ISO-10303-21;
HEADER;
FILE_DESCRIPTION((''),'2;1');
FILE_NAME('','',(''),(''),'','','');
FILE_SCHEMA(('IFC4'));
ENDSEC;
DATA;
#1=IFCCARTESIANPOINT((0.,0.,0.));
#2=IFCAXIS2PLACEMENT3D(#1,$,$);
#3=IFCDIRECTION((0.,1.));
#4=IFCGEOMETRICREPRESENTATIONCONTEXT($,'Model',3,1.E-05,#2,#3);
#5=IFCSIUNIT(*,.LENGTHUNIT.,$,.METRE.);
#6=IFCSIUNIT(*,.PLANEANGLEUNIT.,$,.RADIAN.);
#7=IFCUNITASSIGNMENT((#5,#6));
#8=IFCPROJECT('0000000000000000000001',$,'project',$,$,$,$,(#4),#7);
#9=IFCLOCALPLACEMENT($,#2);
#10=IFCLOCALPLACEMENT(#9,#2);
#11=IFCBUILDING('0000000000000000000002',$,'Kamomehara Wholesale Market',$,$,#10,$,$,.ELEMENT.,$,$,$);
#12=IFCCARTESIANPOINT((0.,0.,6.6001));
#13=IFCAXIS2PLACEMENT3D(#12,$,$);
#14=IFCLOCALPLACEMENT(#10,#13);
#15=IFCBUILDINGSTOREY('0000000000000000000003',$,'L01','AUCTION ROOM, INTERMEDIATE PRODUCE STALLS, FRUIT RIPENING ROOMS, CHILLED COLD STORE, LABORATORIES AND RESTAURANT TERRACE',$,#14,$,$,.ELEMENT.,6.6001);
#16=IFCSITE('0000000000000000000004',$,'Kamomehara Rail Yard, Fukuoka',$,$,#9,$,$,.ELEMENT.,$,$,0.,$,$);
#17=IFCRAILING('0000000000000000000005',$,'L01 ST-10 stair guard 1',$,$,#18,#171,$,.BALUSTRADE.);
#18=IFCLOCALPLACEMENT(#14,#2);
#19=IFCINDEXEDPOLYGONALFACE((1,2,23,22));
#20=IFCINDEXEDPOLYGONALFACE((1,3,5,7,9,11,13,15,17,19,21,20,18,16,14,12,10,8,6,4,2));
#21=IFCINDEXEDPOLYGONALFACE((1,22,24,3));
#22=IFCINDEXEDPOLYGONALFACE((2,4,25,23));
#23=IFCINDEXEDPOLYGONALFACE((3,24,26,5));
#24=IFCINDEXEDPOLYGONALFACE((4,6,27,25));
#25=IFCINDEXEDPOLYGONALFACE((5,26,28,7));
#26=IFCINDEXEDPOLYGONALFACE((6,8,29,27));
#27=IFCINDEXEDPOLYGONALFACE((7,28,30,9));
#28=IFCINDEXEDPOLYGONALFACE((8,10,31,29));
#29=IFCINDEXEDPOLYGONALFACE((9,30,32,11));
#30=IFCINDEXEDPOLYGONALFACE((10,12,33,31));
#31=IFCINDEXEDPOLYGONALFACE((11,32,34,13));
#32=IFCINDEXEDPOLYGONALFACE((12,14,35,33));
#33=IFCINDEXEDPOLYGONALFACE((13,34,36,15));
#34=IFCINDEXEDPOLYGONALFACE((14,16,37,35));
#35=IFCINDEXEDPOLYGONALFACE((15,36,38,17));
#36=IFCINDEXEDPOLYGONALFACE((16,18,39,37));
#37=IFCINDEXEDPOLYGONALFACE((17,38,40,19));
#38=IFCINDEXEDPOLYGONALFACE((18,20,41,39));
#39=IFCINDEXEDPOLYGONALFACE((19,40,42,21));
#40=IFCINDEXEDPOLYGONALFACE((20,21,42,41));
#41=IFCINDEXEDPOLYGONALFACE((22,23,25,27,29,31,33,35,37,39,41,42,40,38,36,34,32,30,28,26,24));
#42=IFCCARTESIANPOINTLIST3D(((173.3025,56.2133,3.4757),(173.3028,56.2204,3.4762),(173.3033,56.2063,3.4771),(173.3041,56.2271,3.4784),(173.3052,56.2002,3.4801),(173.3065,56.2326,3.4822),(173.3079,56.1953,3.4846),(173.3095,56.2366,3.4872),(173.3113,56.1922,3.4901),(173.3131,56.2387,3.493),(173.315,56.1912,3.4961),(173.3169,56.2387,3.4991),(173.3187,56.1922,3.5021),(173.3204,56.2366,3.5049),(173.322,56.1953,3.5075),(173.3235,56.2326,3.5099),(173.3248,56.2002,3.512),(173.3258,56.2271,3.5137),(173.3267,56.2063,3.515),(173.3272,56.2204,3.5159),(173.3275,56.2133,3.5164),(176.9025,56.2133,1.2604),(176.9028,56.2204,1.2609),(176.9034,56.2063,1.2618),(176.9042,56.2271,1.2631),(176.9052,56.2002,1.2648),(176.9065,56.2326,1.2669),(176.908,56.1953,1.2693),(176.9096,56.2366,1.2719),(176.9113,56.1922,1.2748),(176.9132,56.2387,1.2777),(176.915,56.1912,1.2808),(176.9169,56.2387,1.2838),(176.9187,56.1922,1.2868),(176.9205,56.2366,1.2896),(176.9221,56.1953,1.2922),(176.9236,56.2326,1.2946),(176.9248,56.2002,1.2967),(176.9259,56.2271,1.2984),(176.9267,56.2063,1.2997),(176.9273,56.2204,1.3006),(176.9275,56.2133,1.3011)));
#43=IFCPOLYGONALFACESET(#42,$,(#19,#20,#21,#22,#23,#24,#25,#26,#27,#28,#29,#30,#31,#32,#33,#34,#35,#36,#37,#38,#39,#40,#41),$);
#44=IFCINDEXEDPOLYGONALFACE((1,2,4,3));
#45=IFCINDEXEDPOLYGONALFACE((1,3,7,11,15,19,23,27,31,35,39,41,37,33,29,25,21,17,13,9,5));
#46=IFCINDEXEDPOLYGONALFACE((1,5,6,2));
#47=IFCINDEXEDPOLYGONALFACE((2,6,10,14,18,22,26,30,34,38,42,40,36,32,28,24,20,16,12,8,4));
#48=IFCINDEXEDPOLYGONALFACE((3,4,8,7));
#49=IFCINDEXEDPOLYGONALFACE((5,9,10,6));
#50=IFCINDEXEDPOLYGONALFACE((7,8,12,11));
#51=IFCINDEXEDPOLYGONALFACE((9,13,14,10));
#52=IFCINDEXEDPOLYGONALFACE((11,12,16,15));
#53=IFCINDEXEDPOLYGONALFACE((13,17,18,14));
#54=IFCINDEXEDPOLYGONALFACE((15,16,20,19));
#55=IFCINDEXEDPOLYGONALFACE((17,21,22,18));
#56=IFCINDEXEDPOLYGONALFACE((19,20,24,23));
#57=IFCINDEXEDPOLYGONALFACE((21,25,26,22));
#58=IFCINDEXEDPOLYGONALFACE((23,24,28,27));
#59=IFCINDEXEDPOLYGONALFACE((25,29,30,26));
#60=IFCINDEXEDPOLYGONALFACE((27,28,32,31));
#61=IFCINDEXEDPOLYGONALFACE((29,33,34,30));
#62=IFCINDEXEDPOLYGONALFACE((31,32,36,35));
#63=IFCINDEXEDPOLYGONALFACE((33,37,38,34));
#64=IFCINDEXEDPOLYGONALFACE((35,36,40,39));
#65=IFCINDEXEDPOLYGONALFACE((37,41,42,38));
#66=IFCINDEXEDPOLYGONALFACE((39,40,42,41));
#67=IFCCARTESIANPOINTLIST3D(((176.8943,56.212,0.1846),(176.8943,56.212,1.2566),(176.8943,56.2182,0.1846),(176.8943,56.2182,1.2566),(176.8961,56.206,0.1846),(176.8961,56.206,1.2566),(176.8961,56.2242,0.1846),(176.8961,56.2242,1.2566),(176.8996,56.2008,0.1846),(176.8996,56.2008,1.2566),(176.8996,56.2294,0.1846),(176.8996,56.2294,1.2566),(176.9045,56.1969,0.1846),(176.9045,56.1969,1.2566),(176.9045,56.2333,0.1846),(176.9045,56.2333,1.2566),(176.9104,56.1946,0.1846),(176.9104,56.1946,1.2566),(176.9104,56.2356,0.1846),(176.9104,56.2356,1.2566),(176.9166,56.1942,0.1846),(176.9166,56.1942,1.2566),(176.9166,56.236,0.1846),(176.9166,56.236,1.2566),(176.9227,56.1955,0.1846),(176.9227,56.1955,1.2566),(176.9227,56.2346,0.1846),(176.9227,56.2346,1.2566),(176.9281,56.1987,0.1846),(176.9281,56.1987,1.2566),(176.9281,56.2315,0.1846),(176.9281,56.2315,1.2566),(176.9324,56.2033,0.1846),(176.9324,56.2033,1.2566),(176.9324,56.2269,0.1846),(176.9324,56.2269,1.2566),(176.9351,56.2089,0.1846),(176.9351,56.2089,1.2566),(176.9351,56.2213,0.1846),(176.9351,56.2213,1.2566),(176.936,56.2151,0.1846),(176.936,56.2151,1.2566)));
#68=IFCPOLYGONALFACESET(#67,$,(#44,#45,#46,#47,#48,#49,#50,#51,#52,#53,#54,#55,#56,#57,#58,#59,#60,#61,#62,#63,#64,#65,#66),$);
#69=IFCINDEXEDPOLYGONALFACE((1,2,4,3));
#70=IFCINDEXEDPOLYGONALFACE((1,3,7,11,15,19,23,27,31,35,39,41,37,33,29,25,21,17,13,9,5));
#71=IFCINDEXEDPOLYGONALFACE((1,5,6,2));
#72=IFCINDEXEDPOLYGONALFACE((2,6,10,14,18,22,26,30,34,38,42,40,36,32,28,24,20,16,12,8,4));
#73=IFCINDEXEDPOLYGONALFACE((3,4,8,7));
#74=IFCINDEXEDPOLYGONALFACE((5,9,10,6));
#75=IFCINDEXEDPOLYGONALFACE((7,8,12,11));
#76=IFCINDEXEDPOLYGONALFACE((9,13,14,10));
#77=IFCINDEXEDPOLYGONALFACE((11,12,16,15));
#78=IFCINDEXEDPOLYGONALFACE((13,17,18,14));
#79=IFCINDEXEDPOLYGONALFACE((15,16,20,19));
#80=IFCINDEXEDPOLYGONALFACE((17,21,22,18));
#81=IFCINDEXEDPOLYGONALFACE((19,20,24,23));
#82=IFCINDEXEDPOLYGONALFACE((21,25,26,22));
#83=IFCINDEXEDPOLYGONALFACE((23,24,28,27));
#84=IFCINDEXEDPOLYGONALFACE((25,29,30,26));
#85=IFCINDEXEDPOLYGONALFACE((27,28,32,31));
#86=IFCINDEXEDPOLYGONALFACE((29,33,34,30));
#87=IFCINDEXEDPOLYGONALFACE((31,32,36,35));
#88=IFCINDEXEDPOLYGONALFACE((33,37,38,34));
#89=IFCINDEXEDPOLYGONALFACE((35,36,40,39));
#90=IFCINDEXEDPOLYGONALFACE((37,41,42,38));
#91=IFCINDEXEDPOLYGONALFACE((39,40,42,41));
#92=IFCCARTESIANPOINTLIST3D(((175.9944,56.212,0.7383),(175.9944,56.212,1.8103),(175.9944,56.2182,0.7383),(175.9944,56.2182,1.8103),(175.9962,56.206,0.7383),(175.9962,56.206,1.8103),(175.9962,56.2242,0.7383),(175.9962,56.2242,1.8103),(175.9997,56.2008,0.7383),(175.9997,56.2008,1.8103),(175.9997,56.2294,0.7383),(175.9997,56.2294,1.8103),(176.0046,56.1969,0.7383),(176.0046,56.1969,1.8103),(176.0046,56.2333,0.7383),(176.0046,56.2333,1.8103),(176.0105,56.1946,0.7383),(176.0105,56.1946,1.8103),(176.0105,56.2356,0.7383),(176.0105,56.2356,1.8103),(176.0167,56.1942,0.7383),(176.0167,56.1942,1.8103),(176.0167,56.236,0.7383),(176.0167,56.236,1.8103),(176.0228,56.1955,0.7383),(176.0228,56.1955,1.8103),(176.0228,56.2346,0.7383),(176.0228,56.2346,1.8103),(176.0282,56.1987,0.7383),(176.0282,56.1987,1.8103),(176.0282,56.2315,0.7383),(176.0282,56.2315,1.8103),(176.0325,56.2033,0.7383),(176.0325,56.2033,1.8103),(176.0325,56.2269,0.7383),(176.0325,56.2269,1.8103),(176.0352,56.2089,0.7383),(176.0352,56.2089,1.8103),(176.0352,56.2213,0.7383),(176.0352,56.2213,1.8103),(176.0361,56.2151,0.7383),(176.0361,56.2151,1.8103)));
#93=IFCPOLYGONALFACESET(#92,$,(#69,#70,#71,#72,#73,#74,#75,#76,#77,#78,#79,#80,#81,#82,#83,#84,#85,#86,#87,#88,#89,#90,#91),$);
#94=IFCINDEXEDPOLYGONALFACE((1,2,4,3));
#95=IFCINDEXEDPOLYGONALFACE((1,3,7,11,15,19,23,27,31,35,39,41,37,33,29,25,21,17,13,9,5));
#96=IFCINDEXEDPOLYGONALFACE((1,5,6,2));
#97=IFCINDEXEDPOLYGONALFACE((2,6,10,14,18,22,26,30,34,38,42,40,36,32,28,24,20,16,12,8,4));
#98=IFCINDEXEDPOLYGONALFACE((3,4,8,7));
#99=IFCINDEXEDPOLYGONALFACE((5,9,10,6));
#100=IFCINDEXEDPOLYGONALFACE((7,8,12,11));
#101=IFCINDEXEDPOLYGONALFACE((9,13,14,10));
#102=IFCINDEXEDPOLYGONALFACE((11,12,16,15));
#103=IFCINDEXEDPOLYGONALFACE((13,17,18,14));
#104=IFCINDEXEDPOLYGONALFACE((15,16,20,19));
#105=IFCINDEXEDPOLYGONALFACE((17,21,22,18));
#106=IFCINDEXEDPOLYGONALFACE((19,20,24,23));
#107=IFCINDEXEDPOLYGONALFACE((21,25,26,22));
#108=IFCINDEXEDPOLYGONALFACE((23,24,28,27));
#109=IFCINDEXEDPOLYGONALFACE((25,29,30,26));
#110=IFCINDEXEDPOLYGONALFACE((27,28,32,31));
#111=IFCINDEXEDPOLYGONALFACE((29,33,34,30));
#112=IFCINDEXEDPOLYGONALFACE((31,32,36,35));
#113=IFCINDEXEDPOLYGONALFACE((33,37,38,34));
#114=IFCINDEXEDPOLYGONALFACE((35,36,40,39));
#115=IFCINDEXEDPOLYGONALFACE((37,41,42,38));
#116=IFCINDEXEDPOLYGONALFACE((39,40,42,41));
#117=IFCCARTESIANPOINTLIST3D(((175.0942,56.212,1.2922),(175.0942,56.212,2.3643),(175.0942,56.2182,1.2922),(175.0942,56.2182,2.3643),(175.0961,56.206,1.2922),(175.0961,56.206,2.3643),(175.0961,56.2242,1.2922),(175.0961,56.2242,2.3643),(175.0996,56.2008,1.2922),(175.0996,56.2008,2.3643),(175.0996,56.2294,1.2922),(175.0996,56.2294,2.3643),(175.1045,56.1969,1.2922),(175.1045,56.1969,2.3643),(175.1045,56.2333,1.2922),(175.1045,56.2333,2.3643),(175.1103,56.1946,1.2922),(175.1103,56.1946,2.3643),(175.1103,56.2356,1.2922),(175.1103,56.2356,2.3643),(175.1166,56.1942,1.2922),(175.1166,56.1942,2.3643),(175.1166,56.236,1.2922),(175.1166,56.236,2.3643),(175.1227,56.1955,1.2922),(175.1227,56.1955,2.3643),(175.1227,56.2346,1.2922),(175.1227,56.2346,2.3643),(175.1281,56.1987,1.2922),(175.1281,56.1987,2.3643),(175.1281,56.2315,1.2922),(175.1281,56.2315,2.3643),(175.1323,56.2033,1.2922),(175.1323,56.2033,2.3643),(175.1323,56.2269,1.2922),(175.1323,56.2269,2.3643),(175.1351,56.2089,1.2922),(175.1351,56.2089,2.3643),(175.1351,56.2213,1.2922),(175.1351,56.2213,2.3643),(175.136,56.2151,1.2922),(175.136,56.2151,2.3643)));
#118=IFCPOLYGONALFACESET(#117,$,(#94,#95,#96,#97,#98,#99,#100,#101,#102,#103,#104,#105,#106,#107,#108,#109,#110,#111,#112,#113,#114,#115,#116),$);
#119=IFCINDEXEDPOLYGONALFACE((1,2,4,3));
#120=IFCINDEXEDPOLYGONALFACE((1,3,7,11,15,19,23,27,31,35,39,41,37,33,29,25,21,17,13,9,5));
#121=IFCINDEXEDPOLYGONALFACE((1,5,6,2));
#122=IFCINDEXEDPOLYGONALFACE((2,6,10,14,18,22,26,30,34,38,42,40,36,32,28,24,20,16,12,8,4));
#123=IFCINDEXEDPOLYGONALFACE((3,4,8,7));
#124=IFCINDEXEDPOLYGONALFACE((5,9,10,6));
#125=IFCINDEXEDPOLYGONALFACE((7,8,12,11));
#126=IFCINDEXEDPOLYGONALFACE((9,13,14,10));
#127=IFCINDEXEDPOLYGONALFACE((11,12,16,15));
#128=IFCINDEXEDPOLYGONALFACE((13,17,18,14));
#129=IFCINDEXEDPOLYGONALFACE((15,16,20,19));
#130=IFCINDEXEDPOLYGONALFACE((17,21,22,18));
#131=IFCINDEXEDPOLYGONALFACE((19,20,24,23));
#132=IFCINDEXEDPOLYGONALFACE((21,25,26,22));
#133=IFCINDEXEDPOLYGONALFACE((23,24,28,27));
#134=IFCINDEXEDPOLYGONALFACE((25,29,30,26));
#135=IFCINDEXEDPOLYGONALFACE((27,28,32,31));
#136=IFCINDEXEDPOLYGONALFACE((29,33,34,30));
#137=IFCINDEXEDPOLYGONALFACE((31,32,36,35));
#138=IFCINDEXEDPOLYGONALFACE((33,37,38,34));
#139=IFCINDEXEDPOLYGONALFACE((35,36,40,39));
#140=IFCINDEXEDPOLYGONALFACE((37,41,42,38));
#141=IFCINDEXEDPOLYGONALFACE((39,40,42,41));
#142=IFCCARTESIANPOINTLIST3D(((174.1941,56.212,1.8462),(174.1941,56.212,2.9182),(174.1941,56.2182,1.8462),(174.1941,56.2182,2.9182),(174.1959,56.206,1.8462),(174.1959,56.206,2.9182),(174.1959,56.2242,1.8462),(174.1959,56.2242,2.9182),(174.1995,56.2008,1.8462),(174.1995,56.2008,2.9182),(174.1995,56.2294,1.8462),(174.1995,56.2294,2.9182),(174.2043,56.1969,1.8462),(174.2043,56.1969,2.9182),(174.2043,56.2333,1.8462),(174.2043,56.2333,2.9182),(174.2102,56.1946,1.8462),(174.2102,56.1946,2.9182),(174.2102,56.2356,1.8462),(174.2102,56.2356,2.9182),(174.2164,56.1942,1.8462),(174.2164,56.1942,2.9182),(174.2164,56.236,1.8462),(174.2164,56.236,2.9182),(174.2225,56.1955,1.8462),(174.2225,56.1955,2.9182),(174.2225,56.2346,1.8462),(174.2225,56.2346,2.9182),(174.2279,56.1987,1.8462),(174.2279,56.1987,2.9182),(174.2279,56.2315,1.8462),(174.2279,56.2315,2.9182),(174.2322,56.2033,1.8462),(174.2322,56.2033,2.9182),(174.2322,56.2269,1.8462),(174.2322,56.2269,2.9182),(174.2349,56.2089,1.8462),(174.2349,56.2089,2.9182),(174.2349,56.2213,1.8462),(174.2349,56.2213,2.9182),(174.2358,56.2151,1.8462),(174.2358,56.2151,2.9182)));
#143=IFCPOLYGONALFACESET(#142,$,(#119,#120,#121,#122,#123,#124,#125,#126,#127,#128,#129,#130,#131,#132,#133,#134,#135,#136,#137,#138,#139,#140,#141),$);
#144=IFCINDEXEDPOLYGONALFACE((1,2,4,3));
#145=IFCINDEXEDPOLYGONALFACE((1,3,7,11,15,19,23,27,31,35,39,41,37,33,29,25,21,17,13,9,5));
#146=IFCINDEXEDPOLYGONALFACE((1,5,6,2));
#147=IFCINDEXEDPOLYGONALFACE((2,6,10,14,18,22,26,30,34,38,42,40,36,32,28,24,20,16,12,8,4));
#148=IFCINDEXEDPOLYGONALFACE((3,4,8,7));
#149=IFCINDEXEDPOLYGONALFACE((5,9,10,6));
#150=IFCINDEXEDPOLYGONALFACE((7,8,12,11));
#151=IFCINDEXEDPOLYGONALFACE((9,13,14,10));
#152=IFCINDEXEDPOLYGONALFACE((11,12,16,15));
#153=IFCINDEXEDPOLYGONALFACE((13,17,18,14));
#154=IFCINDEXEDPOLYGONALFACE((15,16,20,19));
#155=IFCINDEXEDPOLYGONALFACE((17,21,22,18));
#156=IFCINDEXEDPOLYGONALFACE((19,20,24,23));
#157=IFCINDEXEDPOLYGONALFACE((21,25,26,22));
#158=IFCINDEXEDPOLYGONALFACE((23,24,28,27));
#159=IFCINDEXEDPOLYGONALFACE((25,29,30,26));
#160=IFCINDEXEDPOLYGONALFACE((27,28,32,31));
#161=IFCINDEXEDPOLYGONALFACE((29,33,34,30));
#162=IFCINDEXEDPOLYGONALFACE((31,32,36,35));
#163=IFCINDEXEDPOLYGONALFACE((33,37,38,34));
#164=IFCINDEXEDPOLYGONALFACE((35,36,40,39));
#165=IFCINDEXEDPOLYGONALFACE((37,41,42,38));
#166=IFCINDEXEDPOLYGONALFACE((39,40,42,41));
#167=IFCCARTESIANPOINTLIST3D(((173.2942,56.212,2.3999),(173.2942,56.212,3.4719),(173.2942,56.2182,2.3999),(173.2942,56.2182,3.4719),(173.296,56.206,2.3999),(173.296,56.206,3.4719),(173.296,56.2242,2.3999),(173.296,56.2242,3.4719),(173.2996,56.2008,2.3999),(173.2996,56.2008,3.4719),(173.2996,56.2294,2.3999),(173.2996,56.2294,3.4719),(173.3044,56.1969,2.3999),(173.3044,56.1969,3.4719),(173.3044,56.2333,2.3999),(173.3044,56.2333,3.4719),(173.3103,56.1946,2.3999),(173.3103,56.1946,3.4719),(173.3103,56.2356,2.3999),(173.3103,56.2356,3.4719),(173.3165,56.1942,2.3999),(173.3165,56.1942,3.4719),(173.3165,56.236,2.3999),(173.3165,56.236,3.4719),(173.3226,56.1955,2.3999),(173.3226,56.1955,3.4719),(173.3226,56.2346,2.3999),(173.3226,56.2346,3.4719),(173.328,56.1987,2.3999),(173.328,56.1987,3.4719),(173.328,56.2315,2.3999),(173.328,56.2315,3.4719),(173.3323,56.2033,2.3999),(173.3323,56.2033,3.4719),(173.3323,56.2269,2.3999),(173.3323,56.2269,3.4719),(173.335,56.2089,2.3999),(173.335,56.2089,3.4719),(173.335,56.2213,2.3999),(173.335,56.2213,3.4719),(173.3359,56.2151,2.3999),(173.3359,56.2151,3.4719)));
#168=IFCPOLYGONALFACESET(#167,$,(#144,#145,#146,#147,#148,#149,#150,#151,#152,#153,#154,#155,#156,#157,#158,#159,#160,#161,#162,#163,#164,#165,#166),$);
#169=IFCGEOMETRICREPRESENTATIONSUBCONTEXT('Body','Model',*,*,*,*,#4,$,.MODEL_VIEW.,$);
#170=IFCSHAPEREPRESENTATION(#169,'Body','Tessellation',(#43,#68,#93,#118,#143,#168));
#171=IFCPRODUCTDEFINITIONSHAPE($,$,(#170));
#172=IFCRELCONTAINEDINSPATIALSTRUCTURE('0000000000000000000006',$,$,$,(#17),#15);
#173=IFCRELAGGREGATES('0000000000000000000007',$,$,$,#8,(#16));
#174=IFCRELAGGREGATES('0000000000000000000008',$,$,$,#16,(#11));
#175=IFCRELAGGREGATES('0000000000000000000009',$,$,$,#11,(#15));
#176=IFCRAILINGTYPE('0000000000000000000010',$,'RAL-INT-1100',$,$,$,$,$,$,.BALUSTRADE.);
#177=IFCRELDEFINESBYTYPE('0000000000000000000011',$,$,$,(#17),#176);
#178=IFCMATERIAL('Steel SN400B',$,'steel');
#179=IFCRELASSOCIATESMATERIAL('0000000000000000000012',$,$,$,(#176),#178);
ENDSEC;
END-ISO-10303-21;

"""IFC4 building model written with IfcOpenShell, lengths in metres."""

from ifc_helpers import new_model, si_unit, direction, frame, origin, origin_2d, place, context, subcontext, project, spatial, circle, extrude, material, type_object, element, save


model = new_model("IFC4")

# Units and contexts
model_context = context("Model", 3, precision=1e-05, world=origin(), true_north=direction((0.0, 1.0)))
body_context = subcontext(model_context, "Body", "Model", "MODEL_VIEW")
ifc_project = project(units=[si_unit("LENGTHUNIT", "METRE"), si_unit("PLANEANGLEUNIT", "RADIAN")], contexts=[model_context])

# Site, building, storey
site_placement = place(None, origin())
site = spatial("IfcSite", under=ifc_project, at=site_placement, Name="Kamomehara Rail Yard, Fukuoka", CompositionType="ELEMENT", RefElevation=0.0)
building_placement = place(site_placement, origin())
building = spatial("IfcBuilding", under=site, at=building_placement, Name="Kamomehara Wholesale Market", CompositionType="ELEMENT")
storey_placement = place(building_placement, frame((0.0, 0.0, 6.6001)))
storey = spatial("IfcBuildingStorey", under=building, at=storey_placement, Name="L01", Description="AUCTION ROOM, INTERMEDIATE PRODUCE STALLS, FRUIT RIPENING ROOMS, CHILLED COLD STORE, LABORATORIES AND RESTAURANT TERRACE", CompositionType="ELEMENT", Elevation=6.6001)

# Railing
ifc_material_1 = material(Name="Steel SN400B", Category="steel")
railing_type_1 = type_object("IfcRailingType", Name="RAL-INT-1100", PredefinedType="BALUSTRADE", material=ifc_material_1)
railing_1_placement = place(storey_placement, frame((176.915, 56.2151, 0.1846)))
element("IfcRailing", 1, at=railing_1_placement, inside=storey, type_object=railing_type_1, Name="L01 ST-10 stair guard 1", PredefinedType="BALUSTRADE", context=body_context, shape_type="SweptSolid", body=[
    extrude(circle(Radius=0.0239, at=origin_2d()), frame((0.0, 0.0, 1.0962), z_axis=(-0.85167, 0.0, 0.524078), x_axis=(0.0, -1.0, 0.0)), (0.0, 0.0, 1.0), 4.2271),
    extrude(circle(Radius=0.021, at=origin_2d()), origin(), (0.0, 0.0, 1.0), 1.072),
    extrude(circle(Radius=0.021, at=origin_2d()), frame((-0.8999, 0.0, 0.5537)), (0.0, 0.0, 1.0), 1.072),
    extrude(circle(Radius=0.021, at=origin_2d()), frame((-1.8, 0.0, 1.1077)), (0.0, 0.0, 1.0), 1.072),
    extrude(circle(Radius=0.021, at=origin_2d()), frame((-2.7002, 0.0, 1.6616)), (0.0, 0.0, 1.0), 1.072),
    extrude(circle(Radius=0.021, at=origin_2d()), frame((-3.6001, 0.0, 2.2153)), (0.0, 0.0, 1.0), 1.072),
])

save(model, "model.ifc")
